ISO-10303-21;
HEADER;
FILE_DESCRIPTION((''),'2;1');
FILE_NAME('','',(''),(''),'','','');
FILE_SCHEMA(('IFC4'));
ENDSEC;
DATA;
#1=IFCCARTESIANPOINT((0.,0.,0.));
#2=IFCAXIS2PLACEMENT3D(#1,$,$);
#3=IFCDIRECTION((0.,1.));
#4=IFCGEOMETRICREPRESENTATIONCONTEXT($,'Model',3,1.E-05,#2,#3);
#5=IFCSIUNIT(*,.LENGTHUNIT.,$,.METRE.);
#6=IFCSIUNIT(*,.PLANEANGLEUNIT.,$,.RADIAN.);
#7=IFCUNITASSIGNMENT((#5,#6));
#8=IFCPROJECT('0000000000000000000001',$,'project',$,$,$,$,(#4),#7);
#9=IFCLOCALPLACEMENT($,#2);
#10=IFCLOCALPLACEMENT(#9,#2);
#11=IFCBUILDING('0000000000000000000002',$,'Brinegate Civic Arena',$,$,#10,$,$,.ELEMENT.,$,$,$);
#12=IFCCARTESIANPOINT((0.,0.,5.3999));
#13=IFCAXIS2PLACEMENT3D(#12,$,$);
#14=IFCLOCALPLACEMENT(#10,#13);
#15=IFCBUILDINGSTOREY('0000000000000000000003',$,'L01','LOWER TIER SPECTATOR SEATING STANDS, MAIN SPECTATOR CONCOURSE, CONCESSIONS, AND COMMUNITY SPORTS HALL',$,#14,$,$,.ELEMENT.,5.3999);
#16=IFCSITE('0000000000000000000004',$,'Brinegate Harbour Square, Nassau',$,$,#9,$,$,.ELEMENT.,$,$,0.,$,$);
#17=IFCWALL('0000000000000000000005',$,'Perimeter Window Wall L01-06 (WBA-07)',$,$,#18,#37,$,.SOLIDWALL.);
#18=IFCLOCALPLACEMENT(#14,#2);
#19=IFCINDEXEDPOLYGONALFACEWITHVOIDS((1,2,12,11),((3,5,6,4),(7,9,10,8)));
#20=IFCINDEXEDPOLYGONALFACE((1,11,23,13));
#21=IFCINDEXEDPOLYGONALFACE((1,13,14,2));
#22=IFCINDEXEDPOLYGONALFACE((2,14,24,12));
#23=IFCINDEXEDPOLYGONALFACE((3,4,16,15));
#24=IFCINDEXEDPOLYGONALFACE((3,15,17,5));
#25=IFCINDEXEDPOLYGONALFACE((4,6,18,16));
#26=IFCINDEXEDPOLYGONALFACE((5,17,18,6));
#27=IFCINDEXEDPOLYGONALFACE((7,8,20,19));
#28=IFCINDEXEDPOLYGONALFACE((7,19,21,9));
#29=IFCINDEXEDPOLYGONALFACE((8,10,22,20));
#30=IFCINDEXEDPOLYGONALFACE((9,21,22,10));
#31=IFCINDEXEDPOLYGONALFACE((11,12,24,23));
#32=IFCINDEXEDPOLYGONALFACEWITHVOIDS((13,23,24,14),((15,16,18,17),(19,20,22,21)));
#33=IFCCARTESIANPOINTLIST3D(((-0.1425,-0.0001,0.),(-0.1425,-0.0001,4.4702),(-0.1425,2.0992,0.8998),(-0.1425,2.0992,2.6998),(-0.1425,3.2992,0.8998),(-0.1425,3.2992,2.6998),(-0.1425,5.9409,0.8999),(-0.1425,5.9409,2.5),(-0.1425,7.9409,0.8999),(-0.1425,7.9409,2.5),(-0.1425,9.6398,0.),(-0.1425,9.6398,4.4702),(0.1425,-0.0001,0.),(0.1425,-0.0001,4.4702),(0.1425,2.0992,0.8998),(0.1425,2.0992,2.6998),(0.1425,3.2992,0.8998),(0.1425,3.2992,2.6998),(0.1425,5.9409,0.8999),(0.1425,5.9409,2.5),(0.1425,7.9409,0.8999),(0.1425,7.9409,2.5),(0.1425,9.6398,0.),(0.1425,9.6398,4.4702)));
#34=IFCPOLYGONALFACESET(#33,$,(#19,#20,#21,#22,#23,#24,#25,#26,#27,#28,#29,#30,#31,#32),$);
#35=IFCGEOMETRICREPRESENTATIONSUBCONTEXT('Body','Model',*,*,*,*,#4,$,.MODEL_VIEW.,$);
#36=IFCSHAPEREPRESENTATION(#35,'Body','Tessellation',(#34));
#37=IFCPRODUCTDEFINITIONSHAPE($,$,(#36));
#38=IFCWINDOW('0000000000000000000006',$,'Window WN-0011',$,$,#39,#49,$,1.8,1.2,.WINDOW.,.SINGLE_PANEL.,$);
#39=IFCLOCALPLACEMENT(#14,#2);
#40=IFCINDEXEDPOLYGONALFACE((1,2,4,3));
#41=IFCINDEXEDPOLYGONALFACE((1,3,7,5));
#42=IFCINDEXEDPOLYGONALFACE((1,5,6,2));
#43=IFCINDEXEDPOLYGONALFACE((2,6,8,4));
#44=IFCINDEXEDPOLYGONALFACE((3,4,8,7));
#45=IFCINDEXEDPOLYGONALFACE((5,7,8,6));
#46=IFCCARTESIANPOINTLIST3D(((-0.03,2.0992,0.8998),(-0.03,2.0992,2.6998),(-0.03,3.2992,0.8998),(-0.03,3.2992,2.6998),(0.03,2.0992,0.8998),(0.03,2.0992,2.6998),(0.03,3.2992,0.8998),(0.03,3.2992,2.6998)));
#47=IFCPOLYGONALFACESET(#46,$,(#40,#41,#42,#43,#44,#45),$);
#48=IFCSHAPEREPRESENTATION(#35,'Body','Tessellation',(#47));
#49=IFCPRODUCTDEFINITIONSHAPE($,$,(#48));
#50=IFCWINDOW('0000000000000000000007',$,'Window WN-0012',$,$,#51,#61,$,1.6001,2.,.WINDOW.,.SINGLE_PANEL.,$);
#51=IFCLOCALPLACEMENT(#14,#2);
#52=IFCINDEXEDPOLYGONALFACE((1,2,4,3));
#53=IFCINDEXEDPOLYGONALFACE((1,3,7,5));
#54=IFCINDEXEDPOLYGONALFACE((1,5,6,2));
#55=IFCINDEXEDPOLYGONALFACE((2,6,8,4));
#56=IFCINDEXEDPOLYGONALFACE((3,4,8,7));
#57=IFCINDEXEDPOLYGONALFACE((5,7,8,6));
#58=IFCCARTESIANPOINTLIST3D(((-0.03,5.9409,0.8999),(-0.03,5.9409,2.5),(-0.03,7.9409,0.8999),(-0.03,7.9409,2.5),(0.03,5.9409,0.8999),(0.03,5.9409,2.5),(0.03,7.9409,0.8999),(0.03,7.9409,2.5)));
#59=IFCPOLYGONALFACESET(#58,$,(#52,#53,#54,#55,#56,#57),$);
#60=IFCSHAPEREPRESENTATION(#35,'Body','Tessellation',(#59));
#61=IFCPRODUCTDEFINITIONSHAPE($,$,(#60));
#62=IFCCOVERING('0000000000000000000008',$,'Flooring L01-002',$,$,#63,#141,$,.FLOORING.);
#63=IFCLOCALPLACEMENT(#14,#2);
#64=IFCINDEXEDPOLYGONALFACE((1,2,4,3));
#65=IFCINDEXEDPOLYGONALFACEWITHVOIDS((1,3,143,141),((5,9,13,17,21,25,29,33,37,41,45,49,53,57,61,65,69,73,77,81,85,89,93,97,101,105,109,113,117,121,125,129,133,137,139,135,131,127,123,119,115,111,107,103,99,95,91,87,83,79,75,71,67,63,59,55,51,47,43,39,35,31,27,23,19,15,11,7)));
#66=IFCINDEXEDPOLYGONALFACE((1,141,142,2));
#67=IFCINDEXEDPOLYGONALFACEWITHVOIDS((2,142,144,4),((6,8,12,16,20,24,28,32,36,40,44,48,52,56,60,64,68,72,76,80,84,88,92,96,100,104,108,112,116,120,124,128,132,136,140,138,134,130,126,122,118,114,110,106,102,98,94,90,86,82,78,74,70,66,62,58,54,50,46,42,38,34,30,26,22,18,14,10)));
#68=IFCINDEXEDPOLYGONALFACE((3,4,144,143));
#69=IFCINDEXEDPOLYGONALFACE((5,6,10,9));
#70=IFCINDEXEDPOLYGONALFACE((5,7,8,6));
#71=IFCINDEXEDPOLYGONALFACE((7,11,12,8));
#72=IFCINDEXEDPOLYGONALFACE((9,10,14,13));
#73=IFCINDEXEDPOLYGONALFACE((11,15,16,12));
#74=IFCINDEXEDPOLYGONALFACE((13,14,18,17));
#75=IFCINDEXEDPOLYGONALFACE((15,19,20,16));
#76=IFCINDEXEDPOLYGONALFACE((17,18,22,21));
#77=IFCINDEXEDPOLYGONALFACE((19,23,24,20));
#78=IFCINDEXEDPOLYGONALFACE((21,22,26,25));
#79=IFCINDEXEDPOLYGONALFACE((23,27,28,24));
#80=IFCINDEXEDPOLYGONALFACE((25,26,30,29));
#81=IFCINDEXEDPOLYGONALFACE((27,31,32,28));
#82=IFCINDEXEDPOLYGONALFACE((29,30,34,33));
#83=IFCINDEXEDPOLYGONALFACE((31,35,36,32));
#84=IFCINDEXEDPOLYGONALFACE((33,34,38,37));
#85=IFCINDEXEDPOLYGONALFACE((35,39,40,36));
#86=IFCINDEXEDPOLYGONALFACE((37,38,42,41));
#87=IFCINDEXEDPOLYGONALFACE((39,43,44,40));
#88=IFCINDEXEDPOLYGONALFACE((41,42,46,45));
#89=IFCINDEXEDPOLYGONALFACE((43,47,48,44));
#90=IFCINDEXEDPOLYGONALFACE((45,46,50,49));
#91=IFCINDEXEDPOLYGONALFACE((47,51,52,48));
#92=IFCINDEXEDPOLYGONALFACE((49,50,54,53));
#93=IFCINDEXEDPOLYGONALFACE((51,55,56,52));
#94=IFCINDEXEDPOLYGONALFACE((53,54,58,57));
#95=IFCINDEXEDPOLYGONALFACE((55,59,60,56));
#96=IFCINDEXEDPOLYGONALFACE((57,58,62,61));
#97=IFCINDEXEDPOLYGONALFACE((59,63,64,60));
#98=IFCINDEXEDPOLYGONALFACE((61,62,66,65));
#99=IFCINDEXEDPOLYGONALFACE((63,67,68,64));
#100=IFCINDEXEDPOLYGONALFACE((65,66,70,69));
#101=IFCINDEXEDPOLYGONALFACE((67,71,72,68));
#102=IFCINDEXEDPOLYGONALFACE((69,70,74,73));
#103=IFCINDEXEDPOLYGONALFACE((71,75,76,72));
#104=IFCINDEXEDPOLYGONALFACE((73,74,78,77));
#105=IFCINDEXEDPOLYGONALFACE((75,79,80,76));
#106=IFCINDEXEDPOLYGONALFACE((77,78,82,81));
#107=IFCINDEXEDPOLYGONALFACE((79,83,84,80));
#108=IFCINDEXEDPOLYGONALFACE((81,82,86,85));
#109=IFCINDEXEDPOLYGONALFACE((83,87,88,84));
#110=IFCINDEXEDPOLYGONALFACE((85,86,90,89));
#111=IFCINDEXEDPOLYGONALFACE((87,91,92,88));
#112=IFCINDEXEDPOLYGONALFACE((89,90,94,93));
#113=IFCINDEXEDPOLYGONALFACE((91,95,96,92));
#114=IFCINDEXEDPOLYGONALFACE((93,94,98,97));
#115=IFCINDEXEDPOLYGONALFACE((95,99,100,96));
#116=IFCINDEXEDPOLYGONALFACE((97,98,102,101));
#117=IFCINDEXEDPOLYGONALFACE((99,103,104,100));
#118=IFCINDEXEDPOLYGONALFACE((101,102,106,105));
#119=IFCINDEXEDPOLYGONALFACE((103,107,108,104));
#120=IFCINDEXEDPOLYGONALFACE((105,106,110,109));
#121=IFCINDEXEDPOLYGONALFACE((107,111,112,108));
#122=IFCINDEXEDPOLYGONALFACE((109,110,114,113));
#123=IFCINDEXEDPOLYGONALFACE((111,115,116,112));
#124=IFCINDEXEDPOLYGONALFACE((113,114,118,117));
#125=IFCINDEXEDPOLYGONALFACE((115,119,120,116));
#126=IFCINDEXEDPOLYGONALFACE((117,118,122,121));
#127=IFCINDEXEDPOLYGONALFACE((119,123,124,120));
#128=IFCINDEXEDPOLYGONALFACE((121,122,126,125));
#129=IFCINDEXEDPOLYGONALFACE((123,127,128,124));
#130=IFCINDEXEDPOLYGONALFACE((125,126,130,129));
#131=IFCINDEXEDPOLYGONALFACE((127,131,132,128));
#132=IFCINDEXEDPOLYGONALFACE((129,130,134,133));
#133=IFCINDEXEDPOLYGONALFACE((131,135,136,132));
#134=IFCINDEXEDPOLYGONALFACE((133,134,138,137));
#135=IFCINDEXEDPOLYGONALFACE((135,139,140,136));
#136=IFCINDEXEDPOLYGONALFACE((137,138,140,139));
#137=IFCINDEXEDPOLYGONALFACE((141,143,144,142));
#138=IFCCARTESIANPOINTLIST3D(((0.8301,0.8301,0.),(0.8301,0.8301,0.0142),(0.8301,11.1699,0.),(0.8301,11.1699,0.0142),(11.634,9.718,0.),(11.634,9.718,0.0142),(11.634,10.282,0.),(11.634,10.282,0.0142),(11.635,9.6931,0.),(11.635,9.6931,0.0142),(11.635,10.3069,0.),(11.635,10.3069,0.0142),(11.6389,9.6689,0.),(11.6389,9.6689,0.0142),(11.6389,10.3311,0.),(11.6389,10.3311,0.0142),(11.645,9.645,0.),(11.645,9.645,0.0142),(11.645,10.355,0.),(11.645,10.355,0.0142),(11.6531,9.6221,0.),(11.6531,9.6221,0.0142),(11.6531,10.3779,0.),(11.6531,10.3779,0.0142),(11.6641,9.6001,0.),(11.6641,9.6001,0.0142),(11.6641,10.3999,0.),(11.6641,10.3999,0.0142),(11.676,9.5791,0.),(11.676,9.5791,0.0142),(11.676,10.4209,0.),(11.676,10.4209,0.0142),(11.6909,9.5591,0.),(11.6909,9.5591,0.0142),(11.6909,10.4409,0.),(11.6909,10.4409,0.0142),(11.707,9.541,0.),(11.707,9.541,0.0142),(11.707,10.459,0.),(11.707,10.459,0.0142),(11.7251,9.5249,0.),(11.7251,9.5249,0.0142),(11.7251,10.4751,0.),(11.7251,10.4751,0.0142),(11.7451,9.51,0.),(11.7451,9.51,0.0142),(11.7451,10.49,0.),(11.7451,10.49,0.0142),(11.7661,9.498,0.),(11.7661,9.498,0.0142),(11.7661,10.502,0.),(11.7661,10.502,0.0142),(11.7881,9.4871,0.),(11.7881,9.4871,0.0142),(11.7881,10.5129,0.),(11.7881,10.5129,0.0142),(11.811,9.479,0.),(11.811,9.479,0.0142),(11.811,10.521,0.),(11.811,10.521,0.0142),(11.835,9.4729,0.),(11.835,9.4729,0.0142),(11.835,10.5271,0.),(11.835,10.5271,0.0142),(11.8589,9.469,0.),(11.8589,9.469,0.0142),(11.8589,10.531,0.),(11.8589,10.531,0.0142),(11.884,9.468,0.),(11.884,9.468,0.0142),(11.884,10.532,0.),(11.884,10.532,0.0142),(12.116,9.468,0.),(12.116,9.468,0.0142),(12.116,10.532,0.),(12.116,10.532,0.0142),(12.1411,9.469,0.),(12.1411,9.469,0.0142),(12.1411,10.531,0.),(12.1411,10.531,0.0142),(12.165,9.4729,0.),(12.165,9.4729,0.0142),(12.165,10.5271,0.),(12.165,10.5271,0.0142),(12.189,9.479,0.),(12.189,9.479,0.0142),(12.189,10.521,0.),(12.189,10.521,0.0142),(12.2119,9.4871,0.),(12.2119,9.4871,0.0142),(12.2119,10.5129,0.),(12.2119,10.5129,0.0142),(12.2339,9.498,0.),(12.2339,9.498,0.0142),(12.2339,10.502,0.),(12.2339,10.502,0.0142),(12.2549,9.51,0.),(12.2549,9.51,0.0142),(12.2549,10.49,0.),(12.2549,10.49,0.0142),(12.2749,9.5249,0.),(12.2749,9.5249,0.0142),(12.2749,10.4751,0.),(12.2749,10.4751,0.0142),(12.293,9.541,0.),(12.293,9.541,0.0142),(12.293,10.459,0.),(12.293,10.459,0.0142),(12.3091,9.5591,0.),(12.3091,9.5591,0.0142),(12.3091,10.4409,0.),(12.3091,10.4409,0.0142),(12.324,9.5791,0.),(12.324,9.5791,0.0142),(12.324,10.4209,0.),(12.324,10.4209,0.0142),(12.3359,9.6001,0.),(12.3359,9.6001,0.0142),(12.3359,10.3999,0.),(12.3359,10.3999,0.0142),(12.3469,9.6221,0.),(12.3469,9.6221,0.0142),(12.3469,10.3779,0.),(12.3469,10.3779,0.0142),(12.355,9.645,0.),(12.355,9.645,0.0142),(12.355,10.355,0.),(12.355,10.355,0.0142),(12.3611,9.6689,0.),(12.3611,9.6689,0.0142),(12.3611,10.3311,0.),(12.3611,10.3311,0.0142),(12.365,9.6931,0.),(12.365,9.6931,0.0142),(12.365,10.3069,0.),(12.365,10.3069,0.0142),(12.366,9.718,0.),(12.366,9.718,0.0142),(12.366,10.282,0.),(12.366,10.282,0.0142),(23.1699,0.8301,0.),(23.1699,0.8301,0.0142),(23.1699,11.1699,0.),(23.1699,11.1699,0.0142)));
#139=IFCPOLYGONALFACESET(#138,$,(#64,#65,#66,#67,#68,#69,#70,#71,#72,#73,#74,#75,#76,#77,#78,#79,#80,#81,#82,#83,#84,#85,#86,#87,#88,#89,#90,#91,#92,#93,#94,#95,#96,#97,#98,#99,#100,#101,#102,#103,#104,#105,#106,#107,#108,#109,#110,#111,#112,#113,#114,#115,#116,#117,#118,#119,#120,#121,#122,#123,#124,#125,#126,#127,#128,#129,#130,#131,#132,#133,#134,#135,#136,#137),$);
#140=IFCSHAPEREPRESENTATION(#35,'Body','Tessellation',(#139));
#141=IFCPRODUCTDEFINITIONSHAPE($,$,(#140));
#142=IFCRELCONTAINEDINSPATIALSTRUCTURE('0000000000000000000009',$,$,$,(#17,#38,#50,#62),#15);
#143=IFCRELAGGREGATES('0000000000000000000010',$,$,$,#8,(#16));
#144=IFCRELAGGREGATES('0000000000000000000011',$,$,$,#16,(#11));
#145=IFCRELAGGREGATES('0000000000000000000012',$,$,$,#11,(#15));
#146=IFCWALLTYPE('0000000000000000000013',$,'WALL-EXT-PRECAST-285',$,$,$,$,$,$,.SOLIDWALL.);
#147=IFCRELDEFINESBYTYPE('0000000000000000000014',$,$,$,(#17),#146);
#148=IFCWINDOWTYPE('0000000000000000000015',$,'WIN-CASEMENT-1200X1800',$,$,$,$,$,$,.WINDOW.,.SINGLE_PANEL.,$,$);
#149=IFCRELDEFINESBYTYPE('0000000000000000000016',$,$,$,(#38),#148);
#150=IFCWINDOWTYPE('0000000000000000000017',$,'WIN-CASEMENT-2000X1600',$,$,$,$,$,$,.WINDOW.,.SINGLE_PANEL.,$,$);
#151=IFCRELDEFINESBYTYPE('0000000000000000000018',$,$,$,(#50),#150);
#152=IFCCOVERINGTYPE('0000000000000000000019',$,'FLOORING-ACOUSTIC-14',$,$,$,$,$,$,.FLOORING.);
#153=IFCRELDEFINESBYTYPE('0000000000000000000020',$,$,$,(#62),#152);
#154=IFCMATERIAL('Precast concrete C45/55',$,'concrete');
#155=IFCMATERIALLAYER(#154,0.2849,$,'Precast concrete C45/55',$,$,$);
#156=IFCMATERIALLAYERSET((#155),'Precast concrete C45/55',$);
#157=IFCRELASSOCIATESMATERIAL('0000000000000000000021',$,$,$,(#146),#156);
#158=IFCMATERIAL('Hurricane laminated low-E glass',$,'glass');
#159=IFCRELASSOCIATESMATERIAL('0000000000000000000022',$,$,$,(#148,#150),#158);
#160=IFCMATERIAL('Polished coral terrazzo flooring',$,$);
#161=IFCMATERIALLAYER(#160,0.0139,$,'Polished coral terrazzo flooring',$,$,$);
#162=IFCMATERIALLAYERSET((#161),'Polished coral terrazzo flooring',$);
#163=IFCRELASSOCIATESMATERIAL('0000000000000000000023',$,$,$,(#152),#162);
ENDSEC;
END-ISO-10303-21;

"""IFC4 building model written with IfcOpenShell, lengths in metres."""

from ifc_helpers import new_model, si_unit, direction, frame, frame_2d, origin, place, context, subcontext, project, spatial, polyline, rectangle, outline, extrude, material, layer, layer_set, type_object, element, fill, save


model = new_model("IFC4")

# Units and contexts
model_context = context("Model", 3, precision=1e-05, world=origin(), true_north=direction((0.0, 1.0)))
body_context = subcontext(model_context, "Body", "Model", "MODEL_VIEW")
ifc_project = project(units=[si_unit("LENGTHUNIT", "METRE"), si_unit("PLANEANGLEUNIT", "RADIAN")], contexts=[model_context])

# Site, building, storey
site_placement = place(None, origin())
site = spatial("IfcSite", under=ifc_project, at=site_placement, Name="Brinegate Harbour Square, Nassau", CompositionType="ELEMENT", RefElevation=0.0)
building_placement = place(site_placement, origin())
building = spatial("IfcBuilding", under=site, at=building_placement, Name="Brinegate Civic Arena", CompositionType="ELEMENT")
storey_placement = place(building_placement, frame((0.0, 0.0, 5.3999)))
storey = spatial("IfcBuildingStorey", under=building, at=storey_placement, Name="L01", Description="LOWER TIER SPECTATOR SEATING STANDS, MAIN SPECTATOR CONCOURSE, CONCESSIONS, AND COMMUNITY SPORTS HALL", CompositionType="ELEMENT", Elevation=5.3999)

# Wall, openings, windows
ifc_material_1 = material(Name="Hurricane laminated low-E glass", Category="glass")
ifc_material_2 = material(Name="Precast concrete C45/55", Category="concrete")
ifc_layer_1 = layer(ifc_material_2, 0.2849, Name="Precast concrete C45/55")
ifc_layer_set_1 = layer_set([ifc_layer_1], Name="Precast concrete C45/55")
wall_type_1 = type_object("IfcWallType", Name="WALL-EXT-PRECAST-285", PredefinedType="SOLIDWALL", material=ifc_layer_set_1)
wall_1_placement = place(storey_placement, frame((0.0, 0.0, 0.0), z_axis=(0.0, 0.0, 1.0), x_axis=(0.0, 1.0, 0.0)))
wall_1 = element("IfcWall", 1, at=wall_1_placement, inside=storey, type_object=wall_type_1, Name="Perimeter Window Wall L01-06 (WBA-07)", PredefinedType="SOLIDWALL", context=body_context, shape_type="SweptSolid", body=[
    extrude(rectangle(XDim=9.6399, YDim=0.2849, at=frame_2d((4.8198, 0.0))), origin(), (0.0, 0.0, 1.0), 4.4702),
])
opening_1_placement = place(wall_1_placement, frame((2.0991, 0.0, 0.8999)))
opening_1 = element("IfcOpeningElement", 2, at=opening_1_placement, cuts=wall_1, PredefinedType="OPENING", context=body_context, shape_type="SweptSolid", body=[
    extrude(rectangle(XDim=1.2, YDim=1.8, at=frame_2d((0.6001, 0.8999))), frame((0.0, 0.1523, 0.0), z_axis=(0.0, -1.0, 0.0), x_axis=(1.0, 0.0, 0.0)), (0.0, 0.0, 1.0), 0.3049),
])
opening_2_placement = place(wall_1_placement, frame((5.9409, 0.0, 0.8999)))
opening_2 = element("IfcOpeningElement", 3, at=opening_2_placement, cuts=wall_1, PredefinedType="OPENING", context=body_context, shape_type="SweptSolid", body=[
    extrude(rectangle(XDim=2.0, YDim=1.6001, at=frame_2d((1.0, 0.8))), frame((0.0, 0.1523, 0.0), z_axis=(0.0, -1.0, 0.0), x_axis=(1.0, 0.0, 0.0)), (0.0, 0.0, 1.0), 0.3049),
])
window_type_1 = type_object("IfcWindowType", Name="WIN-CASEMENT-1200X1800", PartitioningType="SINGLE_PANEL", PredefinedType="WINDOW", material=ifc_material_1)
window_1_placement = place(opening_1_placement, origin())
window_1 = element("IfcWindow", 4, at=window_1_placement, inside=storey, type_object=window_type_1, Name="Window WN-0011", OverallHeight=1.8, OverallWidth=1.2, PartitioningType="SINGLE_PANEL", PredefinedType="WINDOW", context=body_context, shape_type="SweptSolid", body=[
    extrude(rectangle(XDim=1.2, YDim=1.8, at=frame_2d((0.6001, 0.8999))), frame((0.0, 0.03, 0.0), z_axis=(0.0, -1.0, 0.0), x_axis=(1.0, 0.0, 0.0)), (0.0, 0.0, 1.0), 0.0601),
])
fill(opening_1, window_1)
window_type_2 = type_object("IfcWindowType", Name="WIN-CASEMENT-2000X1600", PartitioningType="SINGLE_PANEL", PredefinedType="WINDOW", material=ifc_material_1)
window_2_placement = place(opening_2_placement, origin())
window_2 = element("IfcWindow", 5, at=window_2_placement, inside=storey, type_object=window_type_2, Name="Window WN-0012", OverallHeight=1.6001, OverallWidth=2.0, PartitioningType="SINGLE_PANEL", PredefinedType="WINDOW", context=body_context, shape_type="SweptSolid", body=[
    extrude(rectangle(XDim=2.0, YDim=1.6001, at=frame_2d((1.0, 0.8))), frame((0.0, 0.03, 0.0), z_axis=(0.0, -1.0, 0.0), x_axis=(1.0, 0.0, 0.0)), (0.0, 0.0, 1.0), 0.0601),
])
fill(opening_2, window_2)

# Covering
ifc_material_3 = material(Name="Polished coral terrazzo flooring")
ifc_layer_2 = layer(ifc_material_3, 0.0139, Name="Polished coral terrazzo flooring")
ifc_layer_set_2 = layer_set([ifc_layer_2], Name="Polished coral terrazzo flooring")
covering_type = type_object("IfcCoveringType", Name="FLOORING-ACOUSTIC-14", PredefinedType="FLOORING", material=ifc_layer_set_2)
covering_placement = place(storey_placement, origin())
element("IfcCovering", 6, at=covering_placement, inside=storey, type_object=covering_type, Name="Flooring L01-002", PredefinedType="FLOORING", context=body_context, shape_type="SweptSolid", body=[
    extrude(outline(polyline([(0.8301, 11.1699), (23.1699, 11.1699), (23.1699, 0.8301), (0.8301, 0.8301), (0.8301, 11.1699)]), holes=[polyline([(12.116, 9.468), (12.1411, 9.469), (12.165, 9.4729), (12.189, 9.479), (12.2119, 9.4871), (12.2339, 9.498), (12.2549, 9.51), (12.2749, 9.5249), (12.293, 9.541), (12.3091, 9.5591), (12.324, 9.5791), (12.3359, 9.6001), (12.3469, 9.6221), (12.355, 9.645), (12.3611, 9.6689), (12.365, 9.6931), (12.366, 9.718), (12.366, 10.282), (12.365, 10.3069), (12.3611, 10.3311), (12.355, 10.355), (12.3469, 10.3779), (12.3359, 10.3999), (12.324, 10.4209), (12.3091, 10.4409), (12.293, 10.459), (12.2749, 10.4751), (12.2549, 10.49), (12.2339, 10.502), (12.2119, 10.5129), (12.189, 10.521), (12.165, 10.5271), (12.1411, 10.531), (12.116, 10.532), (11.884, 10.532), (11.8589, 10.531), (11.835, 10.5271), (11.811, 10.521), (11.7881, 10.5129), (11.7661, 10.502), (11.7451, 10.49), (11.7251, 10.4751), (11.707, 10.459), (11.6909, 10.4409), (11.676, 10.4209), (11.6641, 10.3999), (11.6531, 10.3779), (11.645, 10.355), (11.6389, 10.3311), (11.635, 10.3069), (11.634, 10.282), (11.634, 9.718), (11.635, 9.6931), (11.6389, 9.6689), (11.645, 9.645), (11.6531, 9.6221), (11.6641, 9.6001), (11.676, 9.5791), (11.6909, 9.5591), (11.707, 9.541), (11.7251, 9.5249), (11.7451, 9.51), (11.7661, 9.498), (11.7881, 9.4871), (11.811, 9.479), (11.835, 9.4729), (11.8589, 9.469), (11.884, 9.468), (12.116, 9.468)])]), origin(), (0.0, 0.0, 1.0), 0.0142),
])

save(model, "model.ifc")
